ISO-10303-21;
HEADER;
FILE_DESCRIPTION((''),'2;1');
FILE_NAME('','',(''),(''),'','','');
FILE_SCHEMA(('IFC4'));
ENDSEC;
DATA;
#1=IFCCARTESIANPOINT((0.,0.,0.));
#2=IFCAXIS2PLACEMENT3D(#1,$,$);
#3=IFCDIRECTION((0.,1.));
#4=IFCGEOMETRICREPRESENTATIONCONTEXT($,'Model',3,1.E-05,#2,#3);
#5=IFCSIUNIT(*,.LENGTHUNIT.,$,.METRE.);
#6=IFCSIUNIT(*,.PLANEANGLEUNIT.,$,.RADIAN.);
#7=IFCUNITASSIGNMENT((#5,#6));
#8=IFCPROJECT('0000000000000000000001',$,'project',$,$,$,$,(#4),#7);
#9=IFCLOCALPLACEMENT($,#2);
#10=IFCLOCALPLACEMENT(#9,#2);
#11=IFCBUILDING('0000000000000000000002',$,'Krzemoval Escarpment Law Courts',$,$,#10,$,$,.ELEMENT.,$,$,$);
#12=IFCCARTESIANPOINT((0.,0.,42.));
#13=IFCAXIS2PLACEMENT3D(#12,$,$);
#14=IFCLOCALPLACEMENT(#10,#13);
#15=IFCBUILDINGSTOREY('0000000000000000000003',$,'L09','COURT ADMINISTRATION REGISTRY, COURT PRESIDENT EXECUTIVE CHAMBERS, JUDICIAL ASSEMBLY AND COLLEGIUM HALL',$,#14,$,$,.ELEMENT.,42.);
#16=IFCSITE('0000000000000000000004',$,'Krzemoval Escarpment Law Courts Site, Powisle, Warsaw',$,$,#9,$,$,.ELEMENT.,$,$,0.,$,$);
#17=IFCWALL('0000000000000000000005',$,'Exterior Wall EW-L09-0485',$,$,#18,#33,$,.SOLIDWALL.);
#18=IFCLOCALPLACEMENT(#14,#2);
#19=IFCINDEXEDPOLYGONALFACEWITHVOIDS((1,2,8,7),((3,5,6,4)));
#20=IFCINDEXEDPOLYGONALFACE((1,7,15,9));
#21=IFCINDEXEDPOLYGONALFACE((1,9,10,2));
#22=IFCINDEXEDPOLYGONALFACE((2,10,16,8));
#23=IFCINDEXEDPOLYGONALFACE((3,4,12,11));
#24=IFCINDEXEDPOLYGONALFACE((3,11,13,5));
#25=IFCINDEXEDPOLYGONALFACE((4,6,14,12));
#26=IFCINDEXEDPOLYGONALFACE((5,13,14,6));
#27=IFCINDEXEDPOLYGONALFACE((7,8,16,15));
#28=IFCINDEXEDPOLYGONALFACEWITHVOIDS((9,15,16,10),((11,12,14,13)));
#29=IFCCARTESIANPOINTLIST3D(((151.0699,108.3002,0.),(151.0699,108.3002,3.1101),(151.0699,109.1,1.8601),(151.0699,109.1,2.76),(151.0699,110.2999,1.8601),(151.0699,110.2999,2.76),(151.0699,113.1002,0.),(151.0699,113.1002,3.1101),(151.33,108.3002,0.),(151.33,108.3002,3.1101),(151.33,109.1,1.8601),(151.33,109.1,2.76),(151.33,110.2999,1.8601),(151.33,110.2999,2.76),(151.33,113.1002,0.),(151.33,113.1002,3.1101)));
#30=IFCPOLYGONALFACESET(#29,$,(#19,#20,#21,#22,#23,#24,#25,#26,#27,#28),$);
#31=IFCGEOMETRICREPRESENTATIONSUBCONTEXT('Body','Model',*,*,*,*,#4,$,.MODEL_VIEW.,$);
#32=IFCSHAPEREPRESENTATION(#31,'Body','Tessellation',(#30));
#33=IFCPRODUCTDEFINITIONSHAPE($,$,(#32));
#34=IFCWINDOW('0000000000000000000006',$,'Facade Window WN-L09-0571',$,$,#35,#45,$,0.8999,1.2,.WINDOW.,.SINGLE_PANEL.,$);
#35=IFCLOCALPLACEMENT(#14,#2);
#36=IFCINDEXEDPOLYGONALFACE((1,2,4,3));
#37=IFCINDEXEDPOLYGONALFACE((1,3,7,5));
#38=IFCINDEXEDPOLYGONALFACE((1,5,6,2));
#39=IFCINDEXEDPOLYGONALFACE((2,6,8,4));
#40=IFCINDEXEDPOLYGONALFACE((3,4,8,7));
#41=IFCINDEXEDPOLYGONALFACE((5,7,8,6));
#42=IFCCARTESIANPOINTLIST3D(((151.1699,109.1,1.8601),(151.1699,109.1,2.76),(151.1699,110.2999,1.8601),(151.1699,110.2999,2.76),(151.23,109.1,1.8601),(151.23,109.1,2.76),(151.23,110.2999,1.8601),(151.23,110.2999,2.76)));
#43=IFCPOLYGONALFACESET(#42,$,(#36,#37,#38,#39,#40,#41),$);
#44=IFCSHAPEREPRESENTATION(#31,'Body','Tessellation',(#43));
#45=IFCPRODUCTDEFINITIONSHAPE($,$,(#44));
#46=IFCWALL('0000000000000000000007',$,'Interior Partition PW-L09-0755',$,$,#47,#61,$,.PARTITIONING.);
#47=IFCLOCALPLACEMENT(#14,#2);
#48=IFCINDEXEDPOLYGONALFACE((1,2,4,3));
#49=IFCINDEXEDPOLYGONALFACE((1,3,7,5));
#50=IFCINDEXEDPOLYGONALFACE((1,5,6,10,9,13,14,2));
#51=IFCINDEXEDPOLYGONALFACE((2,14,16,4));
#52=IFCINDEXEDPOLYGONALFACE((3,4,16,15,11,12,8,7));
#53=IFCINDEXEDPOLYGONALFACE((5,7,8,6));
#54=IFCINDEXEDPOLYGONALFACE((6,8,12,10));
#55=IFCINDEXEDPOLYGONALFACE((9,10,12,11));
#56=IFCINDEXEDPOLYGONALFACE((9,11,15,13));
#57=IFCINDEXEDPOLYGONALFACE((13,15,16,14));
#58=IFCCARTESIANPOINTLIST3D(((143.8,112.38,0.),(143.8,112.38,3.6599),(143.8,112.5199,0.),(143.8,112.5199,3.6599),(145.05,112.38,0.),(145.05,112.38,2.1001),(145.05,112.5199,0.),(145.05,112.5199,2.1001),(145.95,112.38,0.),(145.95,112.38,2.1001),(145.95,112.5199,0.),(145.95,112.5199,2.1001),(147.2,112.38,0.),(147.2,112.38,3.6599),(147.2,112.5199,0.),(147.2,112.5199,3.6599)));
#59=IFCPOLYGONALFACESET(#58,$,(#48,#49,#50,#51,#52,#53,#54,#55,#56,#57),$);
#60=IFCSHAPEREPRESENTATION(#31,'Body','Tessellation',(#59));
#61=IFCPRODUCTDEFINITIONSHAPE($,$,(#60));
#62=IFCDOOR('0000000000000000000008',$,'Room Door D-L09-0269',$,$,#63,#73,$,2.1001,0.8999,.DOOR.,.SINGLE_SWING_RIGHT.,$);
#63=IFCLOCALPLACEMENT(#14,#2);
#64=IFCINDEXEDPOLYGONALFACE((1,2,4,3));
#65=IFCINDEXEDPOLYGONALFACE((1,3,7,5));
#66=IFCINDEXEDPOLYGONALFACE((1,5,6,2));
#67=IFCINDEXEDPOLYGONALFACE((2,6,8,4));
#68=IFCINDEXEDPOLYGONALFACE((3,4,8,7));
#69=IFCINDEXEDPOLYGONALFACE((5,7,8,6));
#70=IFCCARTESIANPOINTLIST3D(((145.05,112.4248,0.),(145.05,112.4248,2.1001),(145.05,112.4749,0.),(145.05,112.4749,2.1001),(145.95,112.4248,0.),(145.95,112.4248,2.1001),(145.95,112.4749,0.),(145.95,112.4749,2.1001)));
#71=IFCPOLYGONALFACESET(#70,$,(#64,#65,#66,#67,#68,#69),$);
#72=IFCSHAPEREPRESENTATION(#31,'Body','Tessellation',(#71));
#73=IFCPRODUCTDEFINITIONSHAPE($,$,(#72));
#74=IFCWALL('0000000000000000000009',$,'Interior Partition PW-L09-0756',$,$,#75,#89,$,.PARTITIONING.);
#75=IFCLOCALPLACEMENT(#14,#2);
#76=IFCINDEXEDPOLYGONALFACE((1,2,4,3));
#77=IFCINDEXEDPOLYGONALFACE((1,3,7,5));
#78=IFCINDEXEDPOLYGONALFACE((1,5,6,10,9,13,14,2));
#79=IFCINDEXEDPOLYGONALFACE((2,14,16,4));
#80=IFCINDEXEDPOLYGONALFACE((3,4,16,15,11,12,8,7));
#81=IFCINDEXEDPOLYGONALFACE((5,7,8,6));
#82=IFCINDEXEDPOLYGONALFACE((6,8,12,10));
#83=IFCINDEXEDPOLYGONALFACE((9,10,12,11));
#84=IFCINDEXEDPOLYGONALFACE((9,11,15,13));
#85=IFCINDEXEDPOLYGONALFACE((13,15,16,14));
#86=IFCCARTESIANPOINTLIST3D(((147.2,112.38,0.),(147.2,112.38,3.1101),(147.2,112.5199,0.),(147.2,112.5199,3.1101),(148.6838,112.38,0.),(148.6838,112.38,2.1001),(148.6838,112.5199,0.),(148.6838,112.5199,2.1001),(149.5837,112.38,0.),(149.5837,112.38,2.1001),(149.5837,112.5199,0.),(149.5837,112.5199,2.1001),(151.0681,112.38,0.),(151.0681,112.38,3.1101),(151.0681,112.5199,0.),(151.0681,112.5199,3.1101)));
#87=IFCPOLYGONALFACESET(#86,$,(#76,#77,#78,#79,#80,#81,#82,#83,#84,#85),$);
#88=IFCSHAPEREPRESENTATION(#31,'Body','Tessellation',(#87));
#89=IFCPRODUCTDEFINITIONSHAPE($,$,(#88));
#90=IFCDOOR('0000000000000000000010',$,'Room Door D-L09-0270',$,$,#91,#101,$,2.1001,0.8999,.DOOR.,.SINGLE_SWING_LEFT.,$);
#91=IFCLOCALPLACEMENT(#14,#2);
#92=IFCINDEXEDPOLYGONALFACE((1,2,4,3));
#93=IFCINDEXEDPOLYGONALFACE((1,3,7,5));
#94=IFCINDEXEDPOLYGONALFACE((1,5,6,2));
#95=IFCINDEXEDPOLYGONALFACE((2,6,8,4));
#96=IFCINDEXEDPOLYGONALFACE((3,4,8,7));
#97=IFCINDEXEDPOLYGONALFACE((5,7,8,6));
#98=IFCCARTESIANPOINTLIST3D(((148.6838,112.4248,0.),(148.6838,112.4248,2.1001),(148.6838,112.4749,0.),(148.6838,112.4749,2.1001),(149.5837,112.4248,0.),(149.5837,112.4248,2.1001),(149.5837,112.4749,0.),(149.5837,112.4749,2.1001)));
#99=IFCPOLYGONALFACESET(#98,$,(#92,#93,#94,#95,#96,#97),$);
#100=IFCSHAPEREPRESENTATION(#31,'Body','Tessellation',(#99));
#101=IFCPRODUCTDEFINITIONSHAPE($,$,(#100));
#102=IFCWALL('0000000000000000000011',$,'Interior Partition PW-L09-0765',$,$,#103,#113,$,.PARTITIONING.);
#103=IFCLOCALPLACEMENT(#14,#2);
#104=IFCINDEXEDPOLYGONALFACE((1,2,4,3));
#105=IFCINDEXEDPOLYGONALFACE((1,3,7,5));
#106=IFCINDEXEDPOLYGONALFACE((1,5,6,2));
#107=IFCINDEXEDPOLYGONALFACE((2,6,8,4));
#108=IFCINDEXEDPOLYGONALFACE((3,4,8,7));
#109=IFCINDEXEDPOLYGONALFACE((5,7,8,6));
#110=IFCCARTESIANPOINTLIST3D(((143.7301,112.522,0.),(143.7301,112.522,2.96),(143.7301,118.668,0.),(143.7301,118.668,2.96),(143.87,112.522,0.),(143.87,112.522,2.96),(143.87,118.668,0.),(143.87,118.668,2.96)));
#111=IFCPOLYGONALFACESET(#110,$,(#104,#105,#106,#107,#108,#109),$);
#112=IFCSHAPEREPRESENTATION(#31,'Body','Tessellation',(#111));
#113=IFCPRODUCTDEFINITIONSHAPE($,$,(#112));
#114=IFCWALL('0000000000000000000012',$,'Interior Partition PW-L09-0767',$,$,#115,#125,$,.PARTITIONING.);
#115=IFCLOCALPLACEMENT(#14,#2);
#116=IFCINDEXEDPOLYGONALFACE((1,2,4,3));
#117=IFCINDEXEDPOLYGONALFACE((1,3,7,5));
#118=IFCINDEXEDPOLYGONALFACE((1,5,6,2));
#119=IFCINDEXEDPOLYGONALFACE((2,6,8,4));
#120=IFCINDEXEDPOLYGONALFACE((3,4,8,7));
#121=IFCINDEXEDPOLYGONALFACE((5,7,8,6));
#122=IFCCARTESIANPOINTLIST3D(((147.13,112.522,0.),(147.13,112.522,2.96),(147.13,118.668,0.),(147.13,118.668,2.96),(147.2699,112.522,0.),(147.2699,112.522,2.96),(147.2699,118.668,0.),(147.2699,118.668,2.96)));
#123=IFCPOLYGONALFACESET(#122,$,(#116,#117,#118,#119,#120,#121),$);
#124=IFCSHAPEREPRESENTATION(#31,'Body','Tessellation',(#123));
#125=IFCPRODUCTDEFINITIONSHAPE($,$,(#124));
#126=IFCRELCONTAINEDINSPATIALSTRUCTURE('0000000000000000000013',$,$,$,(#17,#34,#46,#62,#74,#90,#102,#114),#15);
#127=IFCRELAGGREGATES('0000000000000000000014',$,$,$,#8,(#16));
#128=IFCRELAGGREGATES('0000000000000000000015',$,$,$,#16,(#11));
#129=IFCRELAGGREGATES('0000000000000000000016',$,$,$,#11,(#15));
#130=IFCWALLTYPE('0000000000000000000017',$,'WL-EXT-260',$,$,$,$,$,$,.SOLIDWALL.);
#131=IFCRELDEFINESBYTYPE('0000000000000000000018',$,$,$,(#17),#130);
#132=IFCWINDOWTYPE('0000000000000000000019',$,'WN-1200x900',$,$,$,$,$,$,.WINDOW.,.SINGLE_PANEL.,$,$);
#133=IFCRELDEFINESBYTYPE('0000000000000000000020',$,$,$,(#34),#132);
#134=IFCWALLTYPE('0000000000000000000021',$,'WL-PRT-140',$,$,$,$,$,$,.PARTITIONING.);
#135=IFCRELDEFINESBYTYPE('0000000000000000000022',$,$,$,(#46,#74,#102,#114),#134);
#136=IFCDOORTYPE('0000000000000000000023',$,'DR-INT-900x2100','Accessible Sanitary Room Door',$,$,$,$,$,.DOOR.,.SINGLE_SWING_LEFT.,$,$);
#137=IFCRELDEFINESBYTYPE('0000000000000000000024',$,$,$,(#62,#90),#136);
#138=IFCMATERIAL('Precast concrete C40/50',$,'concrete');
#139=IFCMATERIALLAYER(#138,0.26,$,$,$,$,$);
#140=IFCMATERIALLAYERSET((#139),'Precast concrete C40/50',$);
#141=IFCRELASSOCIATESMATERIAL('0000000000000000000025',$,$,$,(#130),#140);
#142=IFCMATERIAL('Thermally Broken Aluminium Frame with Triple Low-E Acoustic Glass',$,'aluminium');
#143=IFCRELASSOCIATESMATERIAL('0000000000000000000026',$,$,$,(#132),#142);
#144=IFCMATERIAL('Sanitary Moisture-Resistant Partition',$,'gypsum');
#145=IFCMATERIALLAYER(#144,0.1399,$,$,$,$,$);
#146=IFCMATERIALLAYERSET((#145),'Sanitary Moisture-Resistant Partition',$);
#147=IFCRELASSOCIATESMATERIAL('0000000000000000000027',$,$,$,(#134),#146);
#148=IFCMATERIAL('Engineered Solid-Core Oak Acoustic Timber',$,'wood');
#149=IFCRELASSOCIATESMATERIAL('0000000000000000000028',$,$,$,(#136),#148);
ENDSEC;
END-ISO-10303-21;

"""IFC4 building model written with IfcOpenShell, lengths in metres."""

from ifc_helpers import new_model, si_unit, direction, frame, frame_2d, origin, place, context, subcontext, project, spatial, rectangle, extrude, material, layer, layer_set, type_object, element, fill, save


model = new_model("IFC4")

# Units and contexts
model_context = context("Model", 3, precision=1e-05, world=origin(), true_north=direction((0.0, 1.0)))
body_context = subcontext(model_context, "Body", "Model", "MODEL_VIEW")
ifc_project = project(units=[si_unit("LENGTHUNIT", "METRE"), si_unit("PLANEANGLEUNIT", "RADIAN")], contexts=[model_context])

# Site, building, storey
site_placement = place(None, origin())
site = spatial("IfcSite", under=ifc_project, at=site_placement, Name="Krzemoval Escarpment Law Courts Site, Powisle, Warsaw", CompositionType="ELEMENT", RefElevation=0.0)
building_placement = place(site_placement, origin())
building = spatial("IfcBuilding", under=site, at=building_placement, Name="Krzemoval Escarpment Law Courts", CompositionType="ELEMENT")
storey_placement = place(building_placement, frame((0.0, 0.0, 42.0)))
storey = spatial("IfcBuildingStorey", under=building, at=storey_placement, Name="L09", Description="COURT ADMINISTRATION REGISTRY, COURT PRESIDENT EXECUTIVE CHAMBERS, JUDICIAL ASSEMBLY AND COLLEGIUM HALL", CompositionType="ELEMENT", Elevation=42.0)

# Shared definitions
ifc_material_1 = material(Name="Precast concrete C40/50", Category="concrete")
ifc_layer_1 = layer(ifc_material_1, 0.26)
ifc_layer_set_1 = layer_set([ifc_layer_1], Name="Precast concrete C40/50")
wall_type_1 = type_object("IfcWallType", Name="WL-EXT-260", PredefinedType="SOLIDWALL", material=ifc_layer_set_1)
ifc_material_2 = material(Name="Thermally Broken Aluminium Frame with Triple Low-E Acoustic Glass", Category="aluminium")
window_type = type_object("IfcWindowType", Name="WN-1200x900", PartitioningType="SINGLE_PANEL", PredefinedType="WINDOW", material=ifc_material_2)

# Wall, opening, window
wall_1_placement = place(storey_placement, frame((151.2, 113.1001, 0.0), z_axis=(0.0, 0.0, 1.0), x_axis=(0.0, -1.0, 0.0)))
wall_1 = element("IfcWall", 1, at=wall_1_placement, inside=storey, type_object=wall_type_1, Name="Exterior Wall EW-L09-0485", PredefinedType="SOLIDWALL", context=body_context, shape_type="SweptSolid", body=[
    extrude(rectangle(XDim=4.8, YDim=0.26, at=frame_2d((2.3999, 0.0))), origin(), (0.0, 0.0, 1.0), 3.1101),
])
opening_1_placement = place(wall_1_placement, frame((2.8, 0.0, 1.8601)))
opening_1 = element("IfcOpeningElement", 2, at=opening_1_placement, cuts=wall_1, PredefinedType="OPENING", context=body_context, shape_type="SweptSolid", body=[
    extrude(rectangle(XDim=1.2, YDim=0.8999, at=frame_2d((0.6001, 0.45))), frame((0.0, 0.145, 0.0), z_axis=(0.0, -1.0, 0.0), x_axis=(1.0, 0.0, 0.0)), (0.0, 0.0, 1.0), 0.29),
])
window_1_placement = place(opening_1_placement, origin())
window_1 = element("IfcWindow", 3, at=window_1_placement, inside=storey, type_object=window_type, Name="Facade Window WN-L09-0571", OverallHeight=0.8999, OverallWidth=1.2, PartitioningType="SINGLE_PANEL", PredefinedType="WINDOW", context=body_context, shape_type="SweptSolid", body=[
    extrude(rectangle(XDim=1.2, YDim=0.8999, at=frame_2d((0.6001, 0.45))), frame((0.0, 0.03, 0.0), z_axis=(0.0, -1.0, 0.0), x_axis=(1.0, 0.0, 0.0)), (0.0, 0.0, 1.0), 0.0601),
])
fill(opening_1, window_1)

# Walls, openings, doors
ifc_material_3 = material(Name="Sanitary Moisture-Resistant Partition", Category="gypsum")
ifc_layer_2 = layer(ifc_material_3, 0.1399)
ifc_layer_set_2 = layer_set([ifc_layer_2], Name="Sanitary Moisture-Resistant Partition")
wall_type_2 = type_object("IfcWallType", Name="WL-PRT-140", PredefinedType="PARTITIONING", material=ifc_layer_set_2)
wall_2_placement = place(storey_placement, frame((143.8, 112.45, 0.0), z_axis=(0.0, 0.0, 1.0), x_axis=(1.0, 0.0, 0.0)))
wall_2 = element("IfcWall", 4, at=wall_2_placement, inside=storey, type_object=wall_type_2, Name="Interior Partition PW-L09-0755", PredefinedType="PARTITIONING", context=body_context, shape_type="SweptSolid", body=[
    extrude(rectangle(XDim=3.3999, YDim=0.1399, at=frame_2d((1.7, 0.0))), origin(), (0.0, 0.0, 1.0), 3.6599),
])
opening_2_placement = place(wall_2_placement, frame((1.25, 0.0, 0.0)))
opening_2 = element("IfcOpeningElement", 5, at=opening_2_placement, cuts=wall_2, PredefinedType="OPENING", context=body_context, shape_type="SweptSolid", body=[
    extrude(rectangle(XDim=0.8999, YDim=2.1001, at=frame_2d((0.45, 1.05))), frame((0.0, 0.0849, 0.0), z_axis=(0.0, -1.0, 0.0), x_axis=(1.0, 0.0, 0.0)), (0.0, 0.0, 1.0), 0.1699),
])
ifc_material_4 = material(Name="Engineered Solid-Core Oak Acoustic Timber", Category="wood")
door_type = type_object("IfcDoorType", Name="DR-INT-900x2100", Description="Accessible Sanitary Room Door", OperationType="SINGLE_SWING_LEFT", PredefinedType="DOOR", material=ifc_material_4)
door_1_placement = place(opening_2_placement, origin())
door_1 = element("IfcDoor", 6, at=door_1_placement, inside=storey, type_object=door_type, Name="Room Door D-L09-0269", OperationType="SINGLE_SWING_RIGHT", OverallHeight=2.1001, OverallWidth=0.8999, PredefinedType="DOOR", context=body_context, shape_type="SweptSolid", body=[
    extrude(rectangle(XDim=0.8999, YDim=2.1001, at=frame_2d((0.45, 1.05))), frame((0.0, 0.0249, 0.0), z_axis=(0.0, -1.0, 0.0), x_axis=(1.0, 0.0, 0.0)), (0.0, 0.0, 1.0), 0.05),
])
fill(opening_2, door_1)
wall_3_placement = place(storey_placement, frame((147.2, 112.45, 0.0), z_axis=(0.0, 0.0, 1.0), x_axis=(1.0, 0.0, 0.0)))
wall_3 = element("IfcWall", 7, at=wall_3_placement, inside=storey, type_object=wall_type_2, Name="Interior Partition PW-L09-0756", PredefinedType="PARTITIONING", context=body_context, shape_type="SweptSolid", body=[
    extrude(rectangle(XDim=3.8682, YDim=0.1399, at=frame_2d((1.9341, 0.0))), origin(), (0.0, 0.0, 1.0), 3.1101),
])
opening_3_placement = place(wall_3_placement, frame((1.4839, 0.0, 0.0)))
opening_3 = element("IfcOpeningElement", 8, at=opening_3_placement, cuts=wall_3, PredefinedType="OPENING", context=body_context, shape_type="SweptSolid", body=[
    extrude(rectangle(XDim=0.8999, YDim=2.1001, at=frame_2d((0.45, 1.05))), frame((0.0, 0.0849, 0.0), z_axis=(0.0, -1.0, 0.0), x_axis=(1.0, 0.0, 0.0)), (0.0, 0.0, 1.0), 0.1699),
])
door_2_placement = place(opening_3_placement, origin())
door_2 = element("IfcDoor", 9, at=door_2_placement, inside=storey, type_object=door_type, Name="Room Door D-L09-0270", OperationType="SINGLE_SWING_LEFT", OverallHeight=2.1001, OverallWidth=0.8999, PredefinedType="DOOR", context=body_context, shape_type="SweptSolid", body=[
    extrude(rectangle(XDim=0.8999, YDim=2.1001, at=frame_2d((0.45, 1.05))), frame((0.0, 0.0249, 0.0), z_axis=(0.0, -1.0, 0.0), x_axis=(1.0, 0.0, 0.0)), (0.0, 0.0, 1.0), 0.05),
])
fill(opening_3, door_2)

# Walls
for number, where, z_axis, x_axis, name in (
    (10, (143.8, 112.522, 0.0), (0.0, 0.0, 1.0), (0.0, 1.0, 0.0), "Interior Partition PW-L09-0765"),
    (11, (147.2, 112.522, 0.0), (0.0, 0.0, 1.0), (0.0, 1.0, 0.0), "Interior Partition PW-L09-0767"),
):
    element("IfcWall", number, at=place(storey_placement, frame(where, z_axis=z_axis, x_axis=x_axis)), inside=storey, type_object=wall_type_2, Name=name, PredefinedType="PARTITIONING", context=body_context, shape_type="SweptSolid", body=[
        extrude(rectangle(XDim=6.146, YDim=0.1399, at=frame_2d((3.073, 0.0))), origin(), (0.0, 0.0, 1.0), 2.96),
    ])

save(model, "model.ifc")
